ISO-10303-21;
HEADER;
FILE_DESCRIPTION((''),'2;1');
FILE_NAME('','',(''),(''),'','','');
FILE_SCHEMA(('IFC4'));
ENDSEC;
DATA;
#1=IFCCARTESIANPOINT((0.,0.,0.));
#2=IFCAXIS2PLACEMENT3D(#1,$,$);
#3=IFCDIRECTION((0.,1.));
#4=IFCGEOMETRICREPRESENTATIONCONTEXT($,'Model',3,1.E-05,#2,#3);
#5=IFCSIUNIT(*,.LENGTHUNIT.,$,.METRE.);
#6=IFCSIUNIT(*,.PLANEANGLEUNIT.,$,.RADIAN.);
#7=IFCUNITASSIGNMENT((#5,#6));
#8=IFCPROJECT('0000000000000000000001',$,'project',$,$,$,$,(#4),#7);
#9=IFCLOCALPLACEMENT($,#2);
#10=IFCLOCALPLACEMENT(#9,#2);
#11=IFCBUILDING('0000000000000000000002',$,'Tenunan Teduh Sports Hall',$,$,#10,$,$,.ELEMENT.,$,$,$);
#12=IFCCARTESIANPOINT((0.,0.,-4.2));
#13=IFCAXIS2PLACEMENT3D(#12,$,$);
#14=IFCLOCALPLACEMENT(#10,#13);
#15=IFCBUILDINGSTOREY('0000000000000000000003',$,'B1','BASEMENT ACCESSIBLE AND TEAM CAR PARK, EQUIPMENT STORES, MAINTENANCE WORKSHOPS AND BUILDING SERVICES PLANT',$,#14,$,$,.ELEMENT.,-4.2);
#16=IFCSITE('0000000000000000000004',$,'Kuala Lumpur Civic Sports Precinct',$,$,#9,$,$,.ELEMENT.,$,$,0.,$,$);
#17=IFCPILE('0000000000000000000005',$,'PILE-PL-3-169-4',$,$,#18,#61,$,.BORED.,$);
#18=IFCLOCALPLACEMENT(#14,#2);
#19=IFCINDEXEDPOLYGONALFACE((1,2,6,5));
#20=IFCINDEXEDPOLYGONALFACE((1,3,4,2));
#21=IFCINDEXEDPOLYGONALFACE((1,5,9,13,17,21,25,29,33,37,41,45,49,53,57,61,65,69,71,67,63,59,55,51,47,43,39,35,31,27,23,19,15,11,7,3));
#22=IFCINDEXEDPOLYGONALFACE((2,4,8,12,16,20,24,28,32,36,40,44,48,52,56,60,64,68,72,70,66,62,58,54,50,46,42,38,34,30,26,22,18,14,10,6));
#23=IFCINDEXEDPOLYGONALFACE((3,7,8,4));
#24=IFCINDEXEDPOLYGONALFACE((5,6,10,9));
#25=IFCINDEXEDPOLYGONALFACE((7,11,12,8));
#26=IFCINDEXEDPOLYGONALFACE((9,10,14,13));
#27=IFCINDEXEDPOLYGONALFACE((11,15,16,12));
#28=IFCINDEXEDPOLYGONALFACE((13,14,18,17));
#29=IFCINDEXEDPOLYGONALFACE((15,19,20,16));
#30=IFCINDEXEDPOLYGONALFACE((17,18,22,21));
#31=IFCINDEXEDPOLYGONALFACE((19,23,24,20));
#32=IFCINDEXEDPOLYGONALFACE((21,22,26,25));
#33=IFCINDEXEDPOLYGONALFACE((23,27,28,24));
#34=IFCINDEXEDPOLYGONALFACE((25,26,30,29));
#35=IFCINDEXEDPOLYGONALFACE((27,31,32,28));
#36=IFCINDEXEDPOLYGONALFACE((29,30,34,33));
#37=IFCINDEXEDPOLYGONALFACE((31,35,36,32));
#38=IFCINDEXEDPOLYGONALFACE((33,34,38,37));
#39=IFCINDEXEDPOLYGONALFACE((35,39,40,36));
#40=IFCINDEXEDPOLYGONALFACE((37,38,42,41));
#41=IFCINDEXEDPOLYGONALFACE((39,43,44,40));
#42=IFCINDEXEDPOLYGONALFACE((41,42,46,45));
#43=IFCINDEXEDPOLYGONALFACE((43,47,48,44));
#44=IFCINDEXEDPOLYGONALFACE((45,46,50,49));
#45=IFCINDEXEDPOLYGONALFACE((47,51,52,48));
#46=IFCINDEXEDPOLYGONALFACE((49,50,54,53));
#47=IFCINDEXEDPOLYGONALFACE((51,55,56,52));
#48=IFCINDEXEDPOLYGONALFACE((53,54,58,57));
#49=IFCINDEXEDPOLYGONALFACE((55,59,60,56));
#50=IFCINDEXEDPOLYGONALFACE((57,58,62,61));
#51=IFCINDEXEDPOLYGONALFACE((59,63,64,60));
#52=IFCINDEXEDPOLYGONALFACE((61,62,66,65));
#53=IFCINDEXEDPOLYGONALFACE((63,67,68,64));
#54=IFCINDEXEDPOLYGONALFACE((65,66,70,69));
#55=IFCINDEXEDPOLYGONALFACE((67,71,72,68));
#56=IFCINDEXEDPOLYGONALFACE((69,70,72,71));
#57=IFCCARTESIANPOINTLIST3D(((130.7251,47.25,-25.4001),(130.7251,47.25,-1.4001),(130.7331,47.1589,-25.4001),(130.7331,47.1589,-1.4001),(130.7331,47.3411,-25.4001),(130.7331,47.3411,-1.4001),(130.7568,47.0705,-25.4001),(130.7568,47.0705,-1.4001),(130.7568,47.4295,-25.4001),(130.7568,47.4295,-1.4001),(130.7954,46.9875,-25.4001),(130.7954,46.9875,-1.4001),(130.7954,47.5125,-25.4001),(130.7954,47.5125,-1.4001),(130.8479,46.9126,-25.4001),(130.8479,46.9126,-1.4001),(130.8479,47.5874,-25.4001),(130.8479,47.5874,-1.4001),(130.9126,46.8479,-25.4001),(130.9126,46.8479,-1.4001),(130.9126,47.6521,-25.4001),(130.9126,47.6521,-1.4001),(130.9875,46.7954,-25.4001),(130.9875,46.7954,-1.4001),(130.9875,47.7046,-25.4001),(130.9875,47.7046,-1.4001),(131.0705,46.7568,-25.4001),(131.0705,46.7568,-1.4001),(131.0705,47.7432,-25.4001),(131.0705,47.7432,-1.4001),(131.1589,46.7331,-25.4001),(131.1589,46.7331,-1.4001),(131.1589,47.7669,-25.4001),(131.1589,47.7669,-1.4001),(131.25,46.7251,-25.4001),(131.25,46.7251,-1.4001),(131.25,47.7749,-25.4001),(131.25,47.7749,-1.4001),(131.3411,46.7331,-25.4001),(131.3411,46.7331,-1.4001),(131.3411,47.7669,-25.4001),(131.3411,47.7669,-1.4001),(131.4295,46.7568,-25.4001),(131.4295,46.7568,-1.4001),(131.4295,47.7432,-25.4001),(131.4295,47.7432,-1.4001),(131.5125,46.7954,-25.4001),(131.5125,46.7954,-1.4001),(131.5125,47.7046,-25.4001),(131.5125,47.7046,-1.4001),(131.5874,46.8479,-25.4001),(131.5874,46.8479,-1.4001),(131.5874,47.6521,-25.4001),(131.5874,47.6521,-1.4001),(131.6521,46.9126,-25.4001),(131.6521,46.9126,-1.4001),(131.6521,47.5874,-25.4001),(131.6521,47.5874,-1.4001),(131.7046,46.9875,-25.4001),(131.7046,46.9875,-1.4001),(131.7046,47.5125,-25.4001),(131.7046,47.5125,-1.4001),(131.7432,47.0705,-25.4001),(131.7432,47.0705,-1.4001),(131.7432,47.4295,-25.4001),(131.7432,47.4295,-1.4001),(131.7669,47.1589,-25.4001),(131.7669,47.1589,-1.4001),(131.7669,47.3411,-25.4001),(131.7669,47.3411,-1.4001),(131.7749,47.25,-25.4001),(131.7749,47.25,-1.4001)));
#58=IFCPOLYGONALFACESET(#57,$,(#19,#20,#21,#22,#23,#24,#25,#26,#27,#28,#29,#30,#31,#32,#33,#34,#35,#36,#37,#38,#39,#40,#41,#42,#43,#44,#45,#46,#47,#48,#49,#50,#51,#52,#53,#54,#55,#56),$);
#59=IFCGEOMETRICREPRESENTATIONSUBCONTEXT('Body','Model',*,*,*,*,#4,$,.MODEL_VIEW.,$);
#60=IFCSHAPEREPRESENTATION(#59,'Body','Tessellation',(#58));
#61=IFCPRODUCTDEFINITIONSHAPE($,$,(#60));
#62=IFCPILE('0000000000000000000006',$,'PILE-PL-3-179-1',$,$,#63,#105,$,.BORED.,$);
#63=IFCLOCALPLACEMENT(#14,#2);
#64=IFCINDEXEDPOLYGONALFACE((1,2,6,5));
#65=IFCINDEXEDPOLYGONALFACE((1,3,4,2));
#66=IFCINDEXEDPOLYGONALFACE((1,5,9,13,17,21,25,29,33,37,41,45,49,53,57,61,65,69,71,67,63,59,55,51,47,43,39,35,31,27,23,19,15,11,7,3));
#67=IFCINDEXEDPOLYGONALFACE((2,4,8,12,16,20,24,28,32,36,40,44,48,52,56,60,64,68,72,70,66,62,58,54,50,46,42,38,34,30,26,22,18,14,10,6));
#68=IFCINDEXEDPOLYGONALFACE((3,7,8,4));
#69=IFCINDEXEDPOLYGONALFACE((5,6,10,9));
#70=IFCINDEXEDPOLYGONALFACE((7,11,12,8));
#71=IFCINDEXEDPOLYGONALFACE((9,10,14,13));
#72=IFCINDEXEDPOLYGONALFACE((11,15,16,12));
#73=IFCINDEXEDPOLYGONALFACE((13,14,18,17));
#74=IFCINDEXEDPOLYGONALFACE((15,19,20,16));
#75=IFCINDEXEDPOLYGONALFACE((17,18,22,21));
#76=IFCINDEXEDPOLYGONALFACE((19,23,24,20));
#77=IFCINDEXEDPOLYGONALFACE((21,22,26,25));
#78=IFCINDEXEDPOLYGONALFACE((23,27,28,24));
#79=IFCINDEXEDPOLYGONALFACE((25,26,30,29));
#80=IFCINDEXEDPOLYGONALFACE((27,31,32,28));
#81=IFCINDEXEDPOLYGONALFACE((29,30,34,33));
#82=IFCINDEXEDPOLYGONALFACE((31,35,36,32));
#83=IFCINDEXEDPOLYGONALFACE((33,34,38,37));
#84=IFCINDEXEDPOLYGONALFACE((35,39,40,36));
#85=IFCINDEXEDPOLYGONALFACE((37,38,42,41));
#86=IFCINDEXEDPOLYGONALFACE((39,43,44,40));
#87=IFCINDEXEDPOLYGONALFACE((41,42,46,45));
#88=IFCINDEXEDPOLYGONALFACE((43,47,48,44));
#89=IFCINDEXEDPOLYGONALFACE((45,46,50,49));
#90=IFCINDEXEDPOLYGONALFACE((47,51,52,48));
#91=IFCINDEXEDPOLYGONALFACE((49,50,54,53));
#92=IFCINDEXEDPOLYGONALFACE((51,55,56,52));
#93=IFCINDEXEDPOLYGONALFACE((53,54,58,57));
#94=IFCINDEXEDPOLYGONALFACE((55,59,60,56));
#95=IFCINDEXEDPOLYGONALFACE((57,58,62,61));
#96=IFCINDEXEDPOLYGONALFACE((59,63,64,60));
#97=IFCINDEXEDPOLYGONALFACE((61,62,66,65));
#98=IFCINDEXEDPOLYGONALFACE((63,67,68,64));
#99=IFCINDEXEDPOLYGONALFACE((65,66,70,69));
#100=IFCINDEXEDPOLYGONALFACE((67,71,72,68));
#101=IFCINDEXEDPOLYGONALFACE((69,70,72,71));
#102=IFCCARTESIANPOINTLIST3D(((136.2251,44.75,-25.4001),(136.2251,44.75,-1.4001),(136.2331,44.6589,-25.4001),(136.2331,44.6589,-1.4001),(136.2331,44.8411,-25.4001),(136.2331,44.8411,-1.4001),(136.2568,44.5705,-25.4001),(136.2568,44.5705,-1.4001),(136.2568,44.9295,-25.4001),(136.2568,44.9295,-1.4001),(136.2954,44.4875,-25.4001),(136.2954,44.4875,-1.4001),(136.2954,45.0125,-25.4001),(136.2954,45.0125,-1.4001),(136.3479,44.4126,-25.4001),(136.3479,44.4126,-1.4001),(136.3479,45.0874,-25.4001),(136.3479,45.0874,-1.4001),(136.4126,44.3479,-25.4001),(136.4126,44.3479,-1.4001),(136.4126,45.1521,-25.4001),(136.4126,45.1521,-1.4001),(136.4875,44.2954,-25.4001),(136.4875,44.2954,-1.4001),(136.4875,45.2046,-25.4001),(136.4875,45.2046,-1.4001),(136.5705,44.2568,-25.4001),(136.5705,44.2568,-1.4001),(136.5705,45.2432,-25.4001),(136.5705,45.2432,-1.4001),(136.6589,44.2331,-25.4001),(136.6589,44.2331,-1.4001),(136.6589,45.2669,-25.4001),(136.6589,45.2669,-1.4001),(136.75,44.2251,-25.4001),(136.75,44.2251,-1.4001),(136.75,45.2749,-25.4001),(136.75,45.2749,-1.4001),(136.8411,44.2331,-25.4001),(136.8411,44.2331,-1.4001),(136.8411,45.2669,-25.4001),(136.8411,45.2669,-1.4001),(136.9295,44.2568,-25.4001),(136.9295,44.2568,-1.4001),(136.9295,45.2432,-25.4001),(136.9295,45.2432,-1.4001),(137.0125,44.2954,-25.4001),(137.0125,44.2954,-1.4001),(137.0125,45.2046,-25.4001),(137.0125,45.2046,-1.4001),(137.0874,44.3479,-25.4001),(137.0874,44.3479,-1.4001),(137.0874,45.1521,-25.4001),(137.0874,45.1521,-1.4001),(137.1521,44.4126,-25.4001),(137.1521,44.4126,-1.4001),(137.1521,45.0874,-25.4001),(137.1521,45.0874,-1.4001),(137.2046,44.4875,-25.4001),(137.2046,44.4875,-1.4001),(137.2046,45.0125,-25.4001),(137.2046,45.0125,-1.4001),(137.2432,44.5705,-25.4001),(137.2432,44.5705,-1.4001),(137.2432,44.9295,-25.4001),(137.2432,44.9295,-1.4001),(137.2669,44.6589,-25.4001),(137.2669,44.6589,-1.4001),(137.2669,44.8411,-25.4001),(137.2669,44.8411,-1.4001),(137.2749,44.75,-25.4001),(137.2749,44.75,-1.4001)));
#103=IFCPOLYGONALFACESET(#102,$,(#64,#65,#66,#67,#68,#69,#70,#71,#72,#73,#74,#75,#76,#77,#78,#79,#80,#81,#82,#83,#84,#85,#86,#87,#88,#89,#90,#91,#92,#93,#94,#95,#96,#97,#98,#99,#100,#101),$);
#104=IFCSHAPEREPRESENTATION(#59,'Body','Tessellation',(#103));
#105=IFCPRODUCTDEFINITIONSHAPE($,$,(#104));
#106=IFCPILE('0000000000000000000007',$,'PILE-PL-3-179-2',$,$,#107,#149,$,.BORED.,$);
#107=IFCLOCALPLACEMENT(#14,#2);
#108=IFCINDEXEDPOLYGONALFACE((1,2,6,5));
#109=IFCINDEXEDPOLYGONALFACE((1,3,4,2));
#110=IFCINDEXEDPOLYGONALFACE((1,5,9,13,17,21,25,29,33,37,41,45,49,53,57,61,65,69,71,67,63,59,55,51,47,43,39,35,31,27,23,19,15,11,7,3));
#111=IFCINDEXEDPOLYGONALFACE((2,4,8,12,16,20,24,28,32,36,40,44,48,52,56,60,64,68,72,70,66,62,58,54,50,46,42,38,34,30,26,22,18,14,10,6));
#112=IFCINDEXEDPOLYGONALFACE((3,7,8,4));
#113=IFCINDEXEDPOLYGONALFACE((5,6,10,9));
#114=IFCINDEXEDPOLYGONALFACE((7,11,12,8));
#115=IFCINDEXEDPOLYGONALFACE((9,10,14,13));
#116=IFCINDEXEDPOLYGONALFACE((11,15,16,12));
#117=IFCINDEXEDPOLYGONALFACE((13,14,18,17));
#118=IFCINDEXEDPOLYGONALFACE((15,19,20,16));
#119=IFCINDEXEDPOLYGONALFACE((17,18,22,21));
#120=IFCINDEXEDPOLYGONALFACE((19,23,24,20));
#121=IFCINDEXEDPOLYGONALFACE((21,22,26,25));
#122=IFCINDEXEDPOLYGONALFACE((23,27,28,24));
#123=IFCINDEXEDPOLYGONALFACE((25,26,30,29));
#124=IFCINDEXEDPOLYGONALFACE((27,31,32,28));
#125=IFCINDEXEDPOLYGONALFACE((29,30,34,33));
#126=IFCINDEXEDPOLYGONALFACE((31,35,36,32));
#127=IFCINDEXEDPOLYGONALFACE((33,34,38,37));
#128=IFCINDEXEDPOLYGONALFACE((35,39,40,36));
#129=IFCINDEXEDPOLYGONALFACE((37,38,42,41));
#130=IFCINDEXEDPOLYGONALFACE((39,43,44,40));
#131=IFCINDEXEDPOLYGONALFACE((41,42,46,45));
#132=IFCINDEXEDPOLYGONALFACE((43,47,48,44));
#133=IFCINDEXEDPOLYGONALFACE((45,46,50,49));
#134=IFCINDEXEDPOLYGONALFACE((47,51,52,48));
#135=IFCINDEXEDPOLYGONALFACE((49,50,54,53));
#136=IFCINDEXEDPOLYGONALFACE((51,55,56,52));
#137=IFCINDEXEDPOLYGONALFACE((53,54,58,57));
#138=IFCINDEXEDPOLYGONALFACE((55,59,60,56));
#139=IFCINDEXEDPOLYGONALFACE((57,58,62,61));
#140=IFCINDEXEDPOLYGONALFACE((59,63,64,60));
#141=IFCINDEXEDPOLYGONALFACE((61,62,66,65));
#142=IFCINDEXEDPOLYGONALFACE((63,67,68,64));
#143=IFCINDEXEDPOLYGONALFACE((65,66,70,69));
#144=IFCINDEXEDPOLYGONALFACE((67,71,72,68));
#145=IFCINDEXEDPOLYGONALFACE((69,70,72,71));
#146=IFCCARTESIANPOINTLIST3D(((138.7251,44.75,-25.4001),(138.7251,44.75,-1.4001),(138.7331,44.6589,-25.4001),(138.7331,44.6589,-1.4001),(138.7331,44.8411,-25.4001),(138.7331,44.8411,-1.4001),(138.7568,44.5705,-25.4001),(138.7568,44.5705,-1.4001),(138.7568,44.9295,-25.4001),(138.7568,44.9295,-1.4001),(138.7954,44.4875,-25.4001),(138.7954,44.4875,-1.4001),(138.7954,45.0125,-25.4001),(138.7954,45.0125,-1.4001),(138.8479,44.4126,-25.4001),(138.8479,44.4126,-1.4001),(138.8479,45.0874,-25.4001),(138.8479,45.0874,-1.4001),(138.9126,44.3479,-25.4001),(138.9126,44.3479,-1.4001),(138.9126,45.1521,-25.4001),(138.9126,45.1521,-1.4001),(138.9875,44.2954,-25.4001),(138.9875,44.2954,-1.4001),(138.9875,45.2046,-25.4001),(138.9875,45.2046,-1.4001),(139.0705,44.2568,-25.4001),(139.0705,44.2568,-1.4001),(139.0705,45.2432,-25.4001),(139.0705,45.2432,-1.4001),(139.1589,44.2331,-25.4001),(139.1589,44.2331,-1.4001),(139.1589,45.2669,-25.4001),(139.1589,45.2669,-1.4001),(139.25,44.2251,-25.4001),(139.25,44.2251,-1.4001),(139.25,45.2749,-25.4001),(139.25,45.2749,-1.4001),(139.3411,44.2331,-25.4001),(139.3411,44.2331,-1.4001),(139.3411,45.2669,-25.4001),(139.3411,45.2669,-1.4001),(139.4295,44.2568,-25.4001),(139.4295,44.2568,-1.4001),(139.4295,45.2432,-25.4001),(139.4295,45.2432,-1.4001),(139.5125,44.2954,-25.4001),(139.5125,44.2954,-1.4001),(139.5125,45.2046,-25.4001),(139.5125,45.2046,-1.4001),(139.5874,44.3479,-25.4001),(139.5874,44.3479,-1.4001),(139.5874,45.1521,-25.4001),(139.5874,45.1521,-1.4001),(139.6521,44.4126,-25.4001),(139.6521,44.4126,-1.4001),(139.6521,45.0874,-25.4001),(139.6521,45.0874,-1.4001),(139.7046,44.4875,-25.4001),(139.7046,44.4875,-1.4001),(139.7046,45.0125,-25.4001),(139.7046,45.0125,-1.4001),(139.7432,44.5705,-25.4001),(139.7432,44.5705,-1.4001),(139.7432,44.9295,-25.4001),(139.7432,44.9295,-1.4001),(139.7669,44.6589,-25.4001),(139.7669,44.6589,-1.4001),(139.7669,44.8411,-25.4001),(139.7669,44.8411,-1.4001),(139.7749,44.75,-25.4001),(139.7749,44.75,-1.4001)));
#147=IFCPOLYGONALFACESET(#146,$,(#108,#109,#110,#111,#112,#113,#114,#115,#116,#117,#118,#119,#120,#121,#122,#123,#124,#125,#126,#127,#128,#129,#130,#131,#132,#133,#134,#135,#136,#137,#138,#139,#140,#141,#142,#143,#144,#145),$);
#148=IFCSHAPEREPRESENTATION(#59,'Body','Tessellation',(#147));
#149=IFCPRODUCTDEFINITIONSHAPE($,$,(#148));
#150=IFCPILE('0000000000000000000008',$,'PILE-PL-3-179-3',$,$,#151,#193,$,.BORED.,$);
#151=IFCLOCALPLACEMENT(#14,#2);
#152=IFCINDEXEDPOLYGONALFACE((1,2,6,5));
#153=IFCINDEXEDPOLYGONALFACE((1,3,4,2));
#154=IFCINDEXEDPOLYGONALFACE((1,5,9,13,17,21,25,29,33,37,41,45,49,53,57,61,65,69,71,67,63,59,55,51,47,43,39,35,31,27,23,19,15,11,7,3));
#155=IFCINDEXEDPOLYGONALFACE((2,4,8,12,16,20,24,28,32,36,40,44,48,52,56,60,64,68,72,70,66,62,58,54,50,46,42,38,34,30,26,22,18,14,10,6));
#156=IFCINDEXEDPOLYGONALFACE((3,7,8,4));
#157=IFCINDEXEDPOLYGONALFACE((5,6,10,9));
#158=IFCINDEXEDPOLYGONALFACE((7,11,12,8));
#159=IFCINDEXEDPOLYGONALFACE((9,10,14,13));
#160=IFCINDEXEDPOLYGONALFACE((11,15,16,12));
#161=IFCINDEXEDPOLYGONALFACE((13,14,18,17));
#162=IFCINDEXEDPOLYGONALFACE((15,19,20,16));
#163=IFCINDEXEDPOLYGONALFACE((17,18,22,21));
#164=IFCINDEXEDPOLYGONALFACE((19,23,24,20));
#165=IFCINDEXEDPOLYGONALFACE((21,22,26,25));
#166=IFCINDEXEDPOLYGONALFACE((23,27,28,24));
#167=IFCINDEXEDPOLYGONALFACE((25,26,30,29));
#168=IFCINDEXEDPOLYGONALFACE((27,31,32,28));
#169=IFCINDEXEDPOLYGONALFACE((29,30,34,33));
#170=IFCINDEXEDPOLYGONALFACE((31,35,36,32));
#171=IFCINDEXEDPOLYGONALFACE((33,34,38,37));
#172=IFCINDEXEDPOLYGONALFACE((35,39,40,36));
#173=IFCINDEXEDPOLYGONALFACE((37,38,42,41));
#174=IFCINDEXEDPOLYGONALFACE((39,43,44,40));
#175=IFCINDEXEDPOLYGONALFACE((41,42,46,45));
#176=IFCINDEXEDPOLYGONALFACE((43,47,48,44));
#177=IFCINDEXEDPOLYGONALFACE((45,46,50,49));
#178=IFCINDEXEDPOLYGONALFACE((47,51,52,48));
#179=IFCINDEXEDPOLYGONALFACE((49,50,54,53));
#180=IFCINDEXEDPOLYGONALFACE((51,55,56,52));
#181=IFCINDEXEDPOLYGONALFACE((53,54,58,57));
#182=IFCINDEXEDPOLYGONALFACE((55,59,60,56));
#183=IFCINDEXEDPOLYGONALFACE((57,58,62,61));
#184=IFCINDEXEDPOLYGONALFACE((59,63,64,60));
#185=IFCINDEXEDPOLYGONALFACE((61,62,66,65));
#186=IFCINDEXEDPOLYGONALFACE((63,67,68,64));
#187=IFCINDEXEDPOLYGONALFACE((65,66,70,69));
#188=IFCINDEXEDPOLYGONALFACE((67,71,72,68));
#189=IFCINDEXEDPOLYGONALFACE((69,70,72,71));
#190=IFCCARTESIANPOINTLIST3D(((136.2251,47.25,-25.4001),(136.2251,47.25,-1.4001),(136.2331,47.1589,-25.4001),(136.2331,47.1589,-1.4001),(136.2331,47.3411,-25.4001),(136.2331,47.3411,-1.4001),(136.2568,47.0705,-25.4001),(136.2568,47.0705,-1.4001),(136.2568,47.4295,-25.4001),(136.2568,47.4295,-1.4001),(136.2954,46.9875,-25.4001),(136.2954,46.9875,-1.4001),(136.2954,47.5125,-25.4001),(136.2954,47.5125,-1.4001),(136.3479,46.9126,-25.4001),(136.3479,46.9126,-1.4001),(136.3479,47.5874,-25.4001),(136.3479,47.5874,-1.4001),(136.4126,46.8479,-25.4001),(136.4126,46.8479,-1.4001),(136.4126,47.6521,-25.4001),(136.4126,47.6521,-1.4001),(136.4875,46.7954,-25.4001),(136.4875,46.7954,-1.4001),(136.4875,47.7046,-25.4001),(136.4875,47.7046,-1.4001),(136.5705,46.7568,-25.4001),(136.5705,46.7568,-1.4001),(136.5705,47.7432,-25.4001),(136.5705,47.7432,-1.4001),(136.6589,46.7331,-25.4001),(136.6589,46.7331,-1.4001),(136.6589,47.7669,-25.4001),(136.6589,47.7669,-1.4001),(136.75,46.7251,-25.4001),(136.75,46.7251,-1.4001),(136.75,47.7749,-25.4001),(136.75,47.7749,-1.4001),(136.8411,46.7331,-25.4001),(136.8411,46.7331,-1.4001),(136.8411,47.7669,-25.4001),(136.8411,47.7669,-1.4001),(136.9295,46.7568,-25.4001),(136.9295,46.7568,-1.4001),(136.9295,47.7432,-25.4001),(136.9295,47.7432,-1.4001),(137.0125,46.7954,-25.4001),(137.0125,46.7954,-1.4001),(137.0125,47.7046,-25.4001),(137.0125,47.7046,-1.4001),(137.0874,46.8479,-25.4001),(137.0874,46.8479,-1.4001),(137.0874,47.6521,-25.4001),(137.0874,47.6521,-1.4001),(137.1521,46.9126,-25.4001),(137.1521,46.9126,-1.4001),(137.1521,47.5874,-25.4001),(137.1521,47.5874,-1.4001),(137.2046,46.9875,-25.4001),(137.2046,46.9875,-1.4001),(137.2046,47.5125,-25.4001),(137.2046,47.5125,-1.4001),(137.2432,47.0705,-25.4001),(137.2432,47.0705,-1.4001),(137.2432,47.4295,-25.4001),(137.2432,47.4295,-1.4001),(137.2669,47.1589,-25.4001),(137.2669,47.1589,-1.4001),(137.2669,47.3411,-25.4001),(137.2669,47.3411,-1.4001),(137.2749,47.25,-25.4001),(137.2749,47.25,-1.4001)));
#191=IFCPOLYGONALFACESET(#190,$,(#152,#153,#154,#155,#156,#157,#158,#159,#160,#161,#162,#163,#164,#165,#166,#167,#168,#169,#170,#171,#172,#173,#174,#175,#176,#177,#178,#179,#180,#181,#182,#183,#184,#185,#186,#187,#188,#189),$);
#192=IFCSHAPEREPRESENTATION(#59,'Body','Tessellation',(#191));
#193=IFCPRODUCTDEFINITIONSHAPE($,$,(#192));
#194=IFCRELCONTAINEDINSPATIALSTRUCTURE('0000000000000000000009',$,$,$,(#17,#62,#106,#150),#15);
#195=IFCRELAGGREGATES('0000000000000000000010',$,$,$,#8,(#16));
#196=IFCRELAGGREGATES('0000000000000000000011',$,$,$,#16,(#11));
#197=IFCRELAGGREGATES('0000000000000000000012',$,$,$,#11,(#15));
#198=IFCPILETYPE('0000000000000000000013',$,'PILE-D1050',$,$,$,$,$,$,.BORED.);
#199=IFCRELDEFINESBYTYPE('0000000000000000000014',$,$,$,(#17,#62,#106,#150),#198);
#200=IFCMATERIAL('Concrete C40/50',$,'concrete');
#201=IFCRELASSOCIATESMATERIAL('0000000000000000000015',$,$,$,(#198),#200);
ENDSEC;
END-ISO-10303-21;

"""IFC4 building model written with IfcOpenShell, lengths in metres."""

from ifc_helpers import new_model, si_unit, direction, frame, origin, origin_2d, place, context, subcontext, project, spatial, circle, extrude, material, material_profile, profile_set, type_object, element, save


model = new_model("IFC4")

# Units and contexts
model_context = context("Model", 3, precision=1e-05, world=origin(), true_north=direction((0.0, 1.0)))
body_context = subcontext(model_context, "Body", "Model", "MODEL_VIEW")
ifc_project = project(units=[si_unit("LENGTHUNIT", "METRE"), si_unit("PLANEANGLEUNIT", "RADIAN")], contexts=[model_context])

# Site, building, storey
site_placement = place(None, origin())
site = spatial("IfcSite", under=ifc_project, at=site_placement, Name="Kuala Lumpur Civic Sports Precinct", CompositionType="ELEMENT", RefElevation=0.0)
building_placement = place(site_placement, origin())
building = spatial("IfcBuilding", under=site, at=building_placement, Name="Tenunan Teduh Sports Hall", CompositionType="ELEMENT")
storey_placement = place(building_placement, frame((0.0, 0.0, -4.2)))
storey = spatial("IfcBuildingStorey", under=building, at=storey_placement, Name="B1", Description="BASEMENT ACCESSIBLE AND TEAM CAR PARK, EQUIPMENT STORES, MAINTENANCE WORKSHOPS AND BUILDING SERVICES PLANT", CompositionType="ELEMENT", Elevation=-4.2)

# Piles
ifc_material_1 = material(Name="Concrete C40/50", Category="concrete")
ifc_material_profile_1 = material_profile(ifc_material_1, circle(Radius=0.5249, at=origin_2d()), Name="PILE D1050")
ifc_profile_set_1 = profile_set([ifc_material_profile_1], Name="Concrete C40/50")
pile_type_1 = type_object("IfcPileType", Name="PILE-D1050", PredefinedType="BORED", material=ifc_profile_set_1)
for number, where, z_axis, x_axis, name in (
    (1, (131.25, 47.25, -1.4001), (0.0, 0.0, -1.0), (1.0, 0.0, 0.0), "PILE-PL-3-169-4"),
    (2, (136.75, 44.75, -1.4001), (0.0, 0.0, -1.0), (1.0, 0.0, 0.0), "PILE-PL-3-179-1"),
    (3, (139.25, 44.75, -1.4001), (0.0, 0.0, -1.0), (1.0, 0.0, 0.0), "PILE-PL-3-179-2"),
    (4, (136.75, 47.25, -1.4001), (0.0, 0.0, -1.0), (1.0, 0.0, 0.0), "PILE-PL-3-179-3"),
):
    element("IfcPile", number, at=place(storey_placement, frame(where, z_axis=z_axis, x_axis=x_axis)), inside=storey, type_object=pile_type_1, Name=name, PredefinedType="BORED", context=body_context, shape_type="SweptSolid", body=[
        extrude(circle(Radius=0.5249, at=origin_2d()), origin(), (0.0, 0.0, 1.0), 24.0),
    ])

save(model, "model.ifc")
